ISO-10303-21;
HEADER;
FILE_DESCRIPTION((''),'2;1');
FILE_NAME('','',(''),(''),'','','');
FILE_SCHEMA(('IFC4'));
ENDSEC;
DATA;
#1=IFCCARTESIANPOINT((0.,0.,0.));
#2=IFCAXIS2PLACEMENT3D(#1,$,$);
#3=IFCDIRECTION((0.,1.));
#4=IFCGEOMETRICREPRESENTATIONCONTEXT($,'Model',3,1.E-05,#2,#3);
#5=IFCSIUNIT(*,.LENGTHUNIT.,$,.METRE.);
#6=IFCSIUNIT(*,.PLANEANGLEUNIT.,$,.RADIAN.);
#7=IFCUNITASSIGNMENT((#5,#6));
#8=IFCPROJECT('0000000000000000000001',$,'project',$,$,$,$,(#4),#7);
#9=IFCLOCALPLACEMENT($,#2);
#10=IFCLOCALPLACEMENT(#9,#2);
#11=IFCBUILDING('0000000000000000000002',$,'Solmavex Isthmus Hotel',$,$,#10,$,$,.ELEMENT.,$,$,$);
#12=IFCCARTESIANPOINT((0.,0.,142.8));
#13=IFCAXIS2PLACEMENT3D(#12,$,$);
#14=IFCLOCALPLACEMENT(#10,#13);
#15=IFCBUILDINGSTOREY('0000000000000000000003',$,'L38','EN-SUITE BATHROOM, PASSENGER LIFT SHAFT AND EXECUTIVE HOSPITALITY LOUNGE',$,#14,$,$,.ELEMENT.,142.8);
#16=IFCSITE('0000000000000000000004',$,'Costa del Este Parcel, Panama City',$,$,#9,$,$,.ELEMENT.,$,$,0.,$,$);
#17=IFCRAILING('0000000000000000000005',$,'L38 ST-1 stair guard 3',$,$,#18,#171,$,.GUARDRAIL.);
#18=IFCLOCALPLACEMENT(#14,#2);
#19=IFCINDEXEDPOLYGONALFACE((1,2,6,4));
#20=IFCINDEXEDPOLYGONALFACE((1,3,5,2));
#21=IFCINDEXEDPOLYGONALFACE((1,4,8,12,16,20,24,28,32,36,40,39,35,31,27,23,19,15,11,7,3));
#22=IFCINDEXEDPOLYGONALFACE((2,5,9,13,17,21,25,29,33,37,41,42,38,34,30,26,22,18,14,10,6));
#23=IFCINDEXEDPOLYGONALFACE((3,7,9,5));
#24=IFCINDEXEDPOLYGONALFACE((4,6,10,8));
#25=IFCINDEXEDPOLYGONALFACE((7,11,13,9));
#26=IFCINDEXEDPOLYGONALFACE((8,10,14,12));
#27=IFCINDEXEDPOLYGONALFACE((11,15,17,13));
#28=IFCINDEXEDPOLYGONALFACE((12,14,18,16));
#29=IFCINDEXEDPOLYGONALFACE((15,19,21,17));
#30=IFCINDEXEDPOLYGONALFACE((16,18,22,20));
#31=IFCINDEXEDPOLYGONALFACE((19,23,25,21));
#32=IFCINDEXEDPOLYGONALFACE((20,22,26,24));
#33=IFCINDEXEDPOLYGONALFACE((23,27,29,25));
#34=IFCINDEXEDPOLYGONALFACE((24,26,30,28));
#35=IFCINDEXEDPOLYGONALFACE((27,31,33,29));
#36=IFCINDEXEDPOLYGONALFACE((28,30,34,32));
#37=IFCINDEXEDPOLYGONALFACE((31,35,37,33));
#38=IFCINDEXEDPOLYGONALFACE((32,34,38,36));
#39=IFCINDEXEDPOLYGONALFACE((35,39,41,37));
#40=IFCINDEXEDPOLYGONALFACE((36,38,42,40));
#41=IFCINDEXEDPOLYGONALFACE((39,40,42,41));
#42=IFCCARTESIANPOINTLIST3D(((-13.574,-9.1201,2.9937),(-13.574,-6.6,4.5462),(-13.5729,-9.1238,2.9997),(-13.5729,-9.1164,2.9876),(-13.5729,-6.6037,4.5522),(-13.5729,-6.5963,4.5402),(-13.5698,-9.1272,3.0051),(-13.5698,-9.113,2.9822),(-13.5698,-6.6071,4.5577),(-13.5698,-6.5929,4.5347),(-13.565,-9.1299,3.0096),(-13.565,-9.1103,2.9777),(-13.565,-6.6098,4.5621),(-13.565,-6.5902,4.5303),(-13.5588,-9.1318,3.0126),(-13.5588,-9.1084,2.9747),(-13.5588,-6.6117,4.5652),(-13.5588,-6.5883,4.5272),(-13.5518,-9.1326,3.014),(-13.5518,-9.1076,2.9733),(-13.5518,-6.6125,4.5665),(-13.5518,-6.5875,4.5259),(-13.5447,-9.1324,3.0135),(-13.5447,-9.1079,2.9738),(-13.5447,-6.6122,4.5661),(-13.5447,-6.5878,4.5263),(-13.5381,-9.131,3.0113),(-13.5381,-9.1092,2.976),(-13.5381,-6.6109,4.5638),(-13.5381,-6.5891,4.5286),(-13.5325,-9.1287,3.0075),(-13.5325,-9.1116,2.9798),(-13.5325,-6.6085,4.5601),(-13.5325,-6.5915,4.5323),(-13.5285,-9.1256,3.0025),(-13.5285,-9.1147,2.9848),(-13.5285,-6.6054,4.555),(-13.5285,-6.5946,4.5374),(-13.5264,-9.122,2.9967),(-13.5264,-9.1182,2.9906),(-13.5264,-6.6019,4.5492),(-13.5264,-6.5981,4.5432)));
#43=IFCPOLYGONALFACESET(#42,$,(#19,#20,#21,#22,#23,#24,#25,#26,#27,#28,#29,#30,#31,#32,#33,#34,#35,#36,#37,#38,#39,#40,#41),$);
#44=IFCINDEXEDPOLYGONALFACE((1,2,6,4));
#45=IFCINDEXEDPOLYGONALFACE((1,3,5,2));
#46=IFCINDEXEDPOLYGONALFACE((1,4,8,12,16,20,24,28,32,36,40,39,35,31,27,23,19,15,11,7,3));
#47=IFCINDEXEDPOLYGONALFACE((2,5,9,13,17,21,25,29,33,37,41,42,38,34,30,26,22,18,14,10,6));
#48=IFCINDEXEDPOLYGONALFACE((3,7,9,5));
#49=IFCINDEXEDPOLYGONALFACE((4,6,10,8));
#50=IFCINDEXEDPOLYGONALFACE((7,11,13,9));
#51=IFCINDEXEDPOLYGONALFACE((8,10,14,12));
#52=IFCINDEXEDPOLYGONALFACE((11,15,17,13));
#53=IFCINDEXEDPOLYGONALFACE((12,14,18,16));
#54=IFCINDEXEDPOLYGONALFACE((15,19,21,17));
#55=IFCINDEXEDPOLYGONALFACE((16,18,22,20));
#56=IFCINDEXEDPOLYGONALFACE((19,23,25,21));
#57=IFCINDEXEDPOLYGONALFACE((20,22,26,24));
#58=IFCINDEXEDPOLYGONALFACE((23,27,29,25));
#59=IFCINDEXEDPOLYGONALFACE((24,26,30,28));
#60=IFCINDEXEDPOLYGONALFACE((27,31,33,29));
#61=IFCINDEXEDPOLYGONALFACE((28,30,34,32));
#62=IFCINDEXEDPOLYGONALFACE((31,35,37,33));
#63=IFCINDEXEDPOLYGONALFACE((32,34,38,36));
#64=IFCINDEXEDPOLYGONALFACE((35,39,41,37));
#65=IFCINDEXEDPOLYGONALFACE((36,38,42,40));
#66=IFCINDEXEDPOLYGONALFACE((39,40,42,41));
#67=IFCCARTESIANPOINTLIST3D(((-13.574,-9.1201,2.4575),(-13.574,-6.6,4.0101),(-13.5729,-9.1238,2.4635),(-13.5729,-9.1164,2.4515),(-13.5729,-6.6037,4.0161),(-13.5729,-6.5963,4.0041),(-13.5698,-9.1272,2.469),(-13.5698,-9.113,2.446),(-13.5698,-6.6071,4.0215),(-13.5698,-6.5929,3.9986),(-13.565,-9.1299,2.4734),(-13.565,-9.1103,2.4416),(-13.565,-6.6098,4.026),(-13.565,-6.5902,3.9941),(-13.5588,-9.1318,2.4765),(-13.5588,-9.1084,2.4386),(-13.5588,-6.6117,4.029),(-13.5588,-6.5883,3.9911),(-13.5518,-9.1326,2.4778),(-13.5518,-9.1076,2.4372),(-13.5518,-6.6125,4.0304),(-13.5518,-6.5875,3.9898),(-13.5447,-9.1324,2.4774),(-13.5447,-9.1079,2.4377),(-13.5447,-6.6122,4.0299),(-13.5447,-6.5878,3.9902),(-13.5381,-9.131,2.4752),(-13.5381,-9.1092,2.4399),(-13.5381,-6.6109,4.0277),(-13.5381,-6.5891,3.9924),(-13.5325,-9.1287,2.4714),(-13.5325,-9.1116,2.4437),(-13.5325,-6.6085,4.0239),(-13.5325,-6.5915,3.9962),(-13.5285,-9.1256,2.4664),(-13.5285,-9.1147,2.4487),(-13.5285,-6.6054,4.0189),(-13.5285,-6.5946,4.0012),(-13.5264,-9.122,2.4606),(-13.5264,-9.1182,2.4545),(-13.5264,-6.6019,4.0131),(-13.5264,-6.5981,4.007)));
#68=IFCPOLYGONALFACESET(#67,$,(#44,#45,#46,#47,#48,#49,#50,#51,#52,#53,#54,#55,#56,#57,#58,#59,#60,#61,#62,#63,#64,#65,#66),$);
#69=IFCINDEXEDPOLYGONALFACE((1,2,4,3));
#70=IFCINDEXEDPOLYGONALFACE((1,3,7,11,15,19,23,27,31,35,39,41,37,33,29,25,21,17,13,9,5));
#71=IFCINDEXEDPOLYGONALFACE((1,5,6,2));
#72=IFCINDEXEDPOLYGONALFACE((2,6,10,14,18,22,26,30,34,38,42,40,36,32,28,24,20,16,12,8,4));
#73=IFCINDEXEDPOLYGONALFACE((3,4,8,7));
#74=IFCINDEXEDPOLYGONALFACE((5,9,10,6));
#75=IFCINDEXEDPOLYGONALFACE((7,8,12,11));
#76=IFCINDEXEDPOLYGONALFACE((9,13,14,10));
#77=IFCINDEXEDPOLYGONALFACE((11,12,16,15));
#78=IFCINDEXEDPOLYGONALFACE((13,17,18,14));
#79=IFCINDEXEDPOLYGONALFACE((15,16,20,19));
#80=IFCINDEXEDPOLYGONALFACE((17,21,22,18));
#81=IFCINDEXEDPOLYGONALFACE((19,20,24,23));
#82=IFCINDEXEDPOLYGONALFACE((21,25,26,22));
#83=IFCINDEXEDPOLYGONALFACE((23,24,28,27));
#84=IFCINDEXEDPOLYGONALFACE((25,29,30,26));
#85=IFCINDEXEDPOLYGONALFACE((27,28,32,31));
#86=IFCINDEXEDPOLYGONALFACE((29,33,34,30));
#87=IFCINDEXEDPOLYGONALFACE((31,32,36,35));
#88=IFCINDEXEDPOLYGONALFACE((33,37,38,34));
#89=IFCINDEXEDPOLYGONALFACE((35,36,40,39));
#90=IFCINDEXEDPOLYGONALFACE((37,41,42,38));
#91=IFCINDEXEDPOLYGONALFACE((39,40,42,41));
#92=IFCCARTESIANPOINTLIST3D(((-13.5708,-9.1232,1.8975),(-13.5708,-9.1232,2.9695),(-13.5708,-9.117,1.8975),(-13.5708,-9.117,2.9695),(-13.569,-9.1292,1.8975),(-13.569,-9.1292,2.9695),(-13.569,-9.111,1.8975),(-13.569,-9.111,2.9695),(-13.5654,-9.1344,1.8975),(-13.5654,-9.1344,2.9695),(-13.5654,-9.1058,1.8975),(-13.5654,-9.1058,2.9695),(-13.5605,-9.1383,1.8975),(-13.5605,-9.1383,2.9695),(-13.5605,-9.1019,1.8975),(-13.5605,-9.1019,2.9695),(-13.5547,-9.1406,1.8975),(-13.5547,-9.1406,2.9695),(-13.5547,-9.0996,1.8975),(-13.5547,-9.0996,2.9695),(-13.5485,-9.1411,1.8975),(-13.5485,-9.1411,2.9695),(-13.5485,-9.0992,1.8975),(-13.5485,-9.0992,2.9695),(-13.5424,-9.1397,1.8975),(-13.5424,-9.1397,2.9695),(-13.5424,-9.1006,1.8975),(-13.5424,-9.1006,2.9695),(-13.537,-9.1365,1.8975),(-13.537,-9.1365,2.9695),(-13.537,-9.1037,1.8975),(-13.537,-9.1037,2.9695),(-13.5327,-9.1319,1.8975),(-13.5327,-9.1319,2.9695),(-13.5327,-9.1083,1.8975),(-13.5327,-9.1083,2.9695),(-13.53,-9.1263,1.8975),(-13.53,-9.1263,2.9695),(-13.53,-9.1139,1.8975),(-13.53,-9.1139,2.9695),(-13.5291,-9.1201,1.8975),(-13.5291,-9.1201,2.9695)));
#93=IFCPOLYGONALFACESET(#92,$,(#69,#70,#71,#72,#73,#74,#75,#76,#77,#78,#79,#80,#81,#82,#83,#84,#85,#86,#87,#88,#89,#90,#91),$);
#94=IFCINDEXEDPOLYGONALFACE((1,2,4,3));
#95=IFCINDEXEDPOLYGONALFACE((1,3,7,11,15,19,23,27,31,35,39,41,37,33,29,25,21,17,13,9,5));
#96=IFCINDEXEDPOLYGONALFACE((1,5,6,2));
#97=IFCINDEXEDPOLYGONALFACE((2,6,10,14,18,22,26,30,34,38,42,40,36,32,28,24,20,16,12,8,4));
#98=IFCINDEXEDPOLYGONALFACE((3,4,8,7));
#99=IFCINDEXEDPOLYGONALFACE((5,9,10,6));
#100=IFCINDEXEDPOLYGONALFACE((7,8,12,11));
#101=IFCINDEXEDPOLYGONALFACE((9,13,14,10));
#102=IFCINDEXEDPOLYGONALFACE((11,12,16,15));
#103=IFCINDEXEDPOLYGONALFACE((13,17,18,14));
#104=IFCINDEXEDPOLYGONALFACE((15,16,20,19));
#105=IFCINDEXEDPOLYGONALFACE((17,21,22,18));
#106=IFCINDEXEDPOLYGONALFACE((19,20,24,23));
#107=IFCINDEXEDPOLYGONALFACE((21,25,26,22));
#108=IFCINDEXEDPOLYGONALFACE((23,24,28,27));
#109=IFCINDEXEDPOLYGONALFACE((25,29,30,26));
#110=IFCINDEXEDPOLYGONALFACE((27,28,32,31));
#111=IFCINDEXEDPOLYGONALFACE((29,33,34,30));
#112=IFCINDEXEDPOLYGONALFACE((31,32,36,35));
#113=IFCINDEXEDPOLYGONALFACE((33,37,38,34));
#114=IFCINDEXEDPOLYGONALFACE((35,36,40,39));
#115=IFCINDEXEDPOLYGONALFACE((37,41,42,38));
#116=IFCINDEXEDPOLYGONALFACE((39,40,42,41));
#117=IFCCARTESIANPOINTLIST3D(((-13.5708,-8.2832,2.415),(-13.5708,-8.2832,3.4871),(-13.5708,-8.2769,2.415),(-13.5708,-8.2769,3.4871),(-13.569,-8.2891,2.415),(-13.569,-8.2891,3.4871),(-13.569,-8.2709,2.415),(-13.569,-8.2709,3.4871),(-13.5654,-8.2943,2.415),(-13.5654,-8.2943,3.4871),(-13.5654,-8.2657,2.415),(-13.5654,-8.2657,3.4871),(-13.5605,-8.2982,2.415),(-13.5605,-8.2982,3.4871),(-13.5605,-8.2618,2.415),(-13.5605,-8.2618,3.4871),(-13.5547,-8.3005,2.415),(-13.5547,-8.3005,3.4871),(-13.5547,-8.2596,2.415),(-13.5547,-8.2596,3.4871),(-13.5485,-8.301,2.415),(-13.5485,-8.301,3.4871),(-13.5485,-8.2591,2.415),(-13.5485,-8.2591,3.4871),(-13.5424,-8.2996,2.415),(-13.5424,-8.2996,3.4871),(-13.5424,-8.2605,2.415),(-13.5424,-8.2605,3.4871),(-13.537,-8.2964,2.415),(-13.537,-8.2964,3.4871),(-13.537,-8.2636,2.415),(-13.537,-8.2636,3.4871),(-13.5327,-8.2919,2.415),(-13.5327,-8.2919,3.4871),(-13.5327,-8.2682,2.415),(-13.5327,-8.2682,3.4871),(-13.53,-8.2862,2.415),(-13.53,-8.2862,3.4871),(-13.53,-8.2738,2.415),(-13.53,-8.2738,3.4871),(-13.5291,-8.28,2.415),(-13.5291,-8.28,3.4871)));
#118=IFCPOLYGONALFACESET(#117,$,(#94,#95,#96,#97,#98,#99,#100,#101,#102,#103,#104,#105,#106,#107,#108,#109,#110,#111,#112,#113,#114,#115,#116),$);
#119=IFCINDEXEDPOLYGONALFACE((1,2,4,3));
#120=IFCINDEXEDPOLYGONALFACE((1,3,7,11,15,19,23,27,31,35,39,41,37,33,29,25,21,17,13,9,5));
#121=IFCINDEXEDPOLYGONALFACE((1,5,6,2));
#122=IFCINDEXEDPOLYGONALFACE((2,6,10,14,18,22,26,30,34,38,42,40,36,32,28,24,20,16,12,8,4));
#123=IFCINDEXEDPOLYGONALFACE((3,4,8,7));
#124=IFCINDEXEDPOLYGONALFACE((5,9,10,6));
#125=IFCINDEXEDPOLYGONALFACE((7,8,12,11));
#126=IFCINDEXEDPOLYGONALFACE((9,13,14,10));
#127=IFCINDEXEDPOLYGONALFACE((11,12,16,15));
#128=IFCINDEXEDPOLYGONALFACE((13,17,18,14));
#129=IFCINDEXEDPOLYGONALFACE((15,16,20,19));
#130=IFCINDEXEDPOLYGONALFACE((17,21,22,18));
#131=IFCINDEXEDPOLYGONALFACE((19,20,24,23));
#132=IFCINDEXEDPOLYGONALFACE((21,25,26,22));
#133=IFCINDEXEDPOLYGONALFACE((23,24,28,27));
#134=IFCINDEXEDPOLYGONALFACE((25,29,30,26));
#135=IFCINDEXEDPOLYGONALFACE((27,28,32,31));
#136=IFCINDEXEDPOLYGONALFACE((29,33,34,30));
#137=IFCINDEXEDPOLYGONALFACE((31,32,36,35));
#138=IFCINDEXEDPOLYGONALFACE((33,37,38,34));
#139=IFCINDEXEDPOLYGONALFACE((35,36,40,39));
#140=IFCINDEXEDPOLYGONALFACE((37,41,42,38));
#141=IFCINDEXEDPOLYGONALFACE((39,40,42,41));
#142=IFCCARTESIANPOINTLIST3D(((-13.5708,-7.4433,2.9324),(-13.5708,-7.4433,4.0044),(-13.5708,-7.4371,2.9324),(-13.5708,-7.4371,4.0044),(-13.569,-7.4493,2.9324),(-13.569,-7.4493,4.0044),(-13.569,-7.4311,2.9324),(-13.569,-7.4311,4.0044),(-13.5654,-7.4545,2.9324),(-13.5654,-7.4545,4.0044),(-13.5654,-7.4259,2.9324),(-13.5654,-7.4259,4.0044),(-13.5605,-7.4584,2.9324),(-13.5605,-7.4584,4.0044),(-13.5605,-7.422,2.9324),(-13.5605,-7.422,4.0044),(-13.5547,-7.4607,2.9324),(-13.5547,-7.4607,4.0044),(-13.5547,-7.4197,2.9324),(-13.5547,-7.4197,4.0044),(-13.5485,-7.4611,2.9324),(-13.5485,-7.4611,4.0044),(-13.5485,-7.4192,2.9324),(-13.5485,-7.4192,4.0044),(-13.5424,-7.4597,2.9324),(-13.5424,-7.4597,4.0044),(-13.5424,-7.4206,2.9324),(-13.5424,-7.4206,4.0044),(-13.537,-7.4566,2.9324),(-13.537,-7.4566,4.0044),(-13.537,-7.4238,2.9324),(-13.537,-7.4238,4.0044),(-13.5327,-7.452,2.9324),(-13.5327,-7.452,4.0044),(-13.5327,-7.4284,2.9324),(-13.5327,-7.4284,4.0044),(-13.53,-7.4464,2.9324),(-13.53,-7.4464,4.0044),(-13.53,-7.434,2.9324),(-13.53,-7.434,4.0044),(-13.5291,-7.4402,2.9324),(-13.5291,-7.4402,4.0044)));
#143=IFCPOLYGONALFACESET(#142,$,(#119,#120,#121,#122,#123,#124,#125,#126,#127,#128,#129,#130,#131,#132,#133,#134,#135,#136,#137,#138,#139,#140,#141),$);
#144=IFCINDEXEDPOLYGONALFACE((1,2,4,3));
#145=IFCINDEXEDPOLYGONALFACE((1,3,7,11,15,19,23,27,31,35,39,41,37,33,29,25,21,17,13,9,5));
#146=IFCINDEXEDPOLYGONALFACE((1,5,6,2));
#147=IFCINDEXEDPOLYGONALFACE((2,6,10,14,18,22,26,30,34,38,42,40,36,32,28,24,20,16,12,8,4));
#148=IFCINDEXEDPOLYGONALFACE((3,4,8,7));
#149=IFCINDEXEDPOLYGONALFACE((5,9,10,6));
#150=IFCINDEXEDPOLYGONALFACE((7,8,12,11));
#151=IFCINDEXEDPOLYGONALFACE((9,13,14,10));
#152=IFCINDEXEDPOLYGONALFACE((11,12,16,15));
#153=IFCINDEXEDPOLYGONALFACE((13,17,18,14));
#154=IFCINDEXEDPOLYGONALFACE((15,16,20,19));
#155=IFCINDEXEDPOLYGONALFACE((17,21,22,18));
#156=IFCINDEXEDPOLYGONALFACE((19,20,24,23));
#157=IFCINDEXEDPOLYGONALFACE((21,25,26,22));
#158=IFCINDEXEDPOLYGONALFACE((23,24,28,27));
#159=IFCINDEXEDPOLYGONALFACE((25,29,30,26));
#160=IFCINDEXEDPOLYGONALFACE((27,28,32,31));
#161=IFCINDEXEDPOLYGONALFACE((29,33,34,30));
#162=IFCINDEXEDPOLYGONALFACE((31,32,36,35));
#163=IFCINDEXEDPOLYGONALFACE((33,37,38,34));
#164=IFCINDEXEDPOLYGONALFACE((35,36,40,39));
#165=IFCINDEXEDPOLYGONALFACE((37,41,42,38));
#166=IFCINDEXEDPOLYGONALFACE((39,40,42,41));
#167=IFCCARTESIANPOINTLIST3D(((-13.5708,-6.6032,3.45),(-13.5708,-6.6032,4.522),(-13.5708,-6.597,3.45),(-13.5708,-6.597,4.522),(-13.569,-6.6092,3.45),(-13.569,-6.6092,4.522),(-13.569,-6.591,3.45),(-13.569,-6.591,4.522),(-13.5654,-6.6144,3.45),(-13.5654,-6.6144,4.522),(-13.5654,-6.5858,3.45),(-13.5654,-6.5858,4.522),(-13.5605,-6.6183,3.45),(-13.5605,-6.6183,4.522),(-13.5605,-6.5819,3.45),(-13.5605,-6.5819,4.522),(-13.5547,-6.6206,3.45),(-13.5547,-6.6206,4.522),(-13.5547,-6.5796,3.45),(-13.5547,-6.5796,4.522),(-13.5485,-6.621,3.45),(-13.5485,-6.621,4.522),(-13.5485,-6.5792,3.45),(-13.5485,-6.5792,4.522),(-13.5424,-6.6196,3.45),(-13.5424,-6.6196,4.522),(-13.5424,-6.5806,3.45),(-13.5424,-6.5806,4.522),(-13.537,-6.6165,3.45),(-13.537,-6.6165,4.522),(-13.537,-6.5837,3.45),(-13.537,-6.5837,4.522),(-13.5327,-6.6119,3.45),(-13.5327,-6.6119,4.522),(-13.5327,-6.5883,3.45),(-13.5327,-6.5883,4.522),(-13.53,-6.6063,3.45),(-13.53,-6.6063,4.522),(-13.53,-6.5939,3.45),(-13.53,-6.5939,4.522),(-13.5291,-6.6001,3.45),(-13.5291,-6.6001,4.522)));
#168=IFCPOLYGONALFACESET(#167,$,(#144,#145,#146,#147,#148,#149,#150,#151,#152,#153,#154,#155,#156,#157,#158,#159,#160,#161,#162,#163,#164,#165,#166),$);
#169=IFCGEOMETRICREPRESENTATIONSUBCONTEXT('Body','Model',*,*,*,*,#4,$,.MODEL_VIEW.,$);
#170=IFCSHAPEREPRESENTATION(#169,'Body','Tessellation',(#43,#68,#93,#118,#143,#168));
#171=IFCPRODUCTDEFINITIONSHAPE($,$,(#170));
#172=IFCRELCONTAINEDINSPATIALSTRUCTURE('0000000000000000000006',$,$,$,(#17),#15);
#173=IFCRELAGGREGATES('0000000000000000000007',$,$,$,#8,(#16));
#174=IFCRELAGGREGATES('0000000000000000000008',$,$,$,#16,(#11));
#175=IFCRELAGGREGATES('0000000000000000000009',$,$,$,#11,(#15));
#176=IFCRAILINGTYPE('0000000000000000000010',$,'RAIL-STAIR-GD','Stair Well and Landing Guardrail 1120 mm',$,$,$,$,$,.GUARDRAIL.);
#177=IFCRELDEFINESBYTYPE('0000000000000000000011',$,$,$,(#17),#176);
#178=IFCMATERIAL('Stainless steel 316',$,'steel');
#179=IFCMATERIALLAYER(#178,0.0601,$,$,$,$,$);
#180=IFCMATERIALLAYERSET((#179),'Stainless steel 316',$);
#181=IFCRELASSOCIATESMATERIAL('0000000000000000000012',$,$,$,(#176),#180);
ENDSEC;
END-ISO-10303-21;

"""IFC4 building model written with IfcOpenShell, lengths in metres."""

from ifc_helpers import new_model, si_unit, direction, frame, origin, origin_2d, place, context, subcontext, project, spatial, circle, extrude, material, layer, layer_set, type_object, element, save


model = new_model("IFC4")

# Units and contexts
model_context = context("Model", 3, precision=1e-05, world=origin(), true_north=direction((0.0, 1.0)))
body_context = subcontext(model_context, "Body", "Model", "MODEL_VIEW")
ifc_project = project(units=[si_unit("LENGTHUNIT", "METRE"), si_unit("PLANEANGLEUNIT", "RADIAN")], contexts=[model_context])

# Site, building, storey
site_placement = place(None, origin())
site = spatial("IfcSite", under=ifc_project, at=site_placement, Name="Costa del Este Parcel, Panama City", CompositionType="ELEMENT", RefElevation=0.0)
building_placement = place(site_placement, origin())
building = spatial("IfcBuilding", under=site, at=building_placement, Name="Solmavex Isthmus Hotel", CompositionType="ELEMENT")
storey_placement = place(building_placement, frame((0.0, 0.0, 142.8)))
storey = spatial("IfcBuildingStorey", under=building, at=storey_placement, Name="L38", Description="EN-SUITE BATHROOM, PASSENGER LIFT SHAFT AND EXECUTIVE HOSPITALITY LOUNGE", CompositionType="ELEMENT", Elevation=142.8)

# Railing
ifc_material_1 = material(Name="Stainless steel 316", Category="steel")
ifc_layer_1 = layer(ifc_material_1, 0.0601)
ifc_layer_set_1 = layer_set([ifc_layer_1], Name="Stainless steel 316")
railing_type = type_object("IfcRailingType", Name="RAIL-STAIR-GD", Description="Stair Well and Landing Guardrail 1120 mm", PredefinedType="GUARDRAIL", material=ifc_layer_set_1)
railing_1_placement = place(storey_placement, frame((-13.55, -9.1201, 1.8975)))
element("IfcRailing", 1, at=railing_1_placement, inside=storey, type_object=railing_type, Name="L38 ST-1 stair guard 3", PredefinedType="GUARDRAIL", context=body_context, shape_type="SweptSolid", body=[
    extrude(circle(Radius=0.0239, at=origin_2d()), frame((0.0, 0.0, 1.0962), z_axis=(0.0, 0.8514, 0.524516), x_axis=(-1.0, 0.0, 0.0)), (0.0, 0.0, 1.0), 2.96),
    extrude(circle(Radius=0.0239, at=origin_2d()), frame((0.0, 0.0, 0.5601), z_axis=(0.0, 0.8514, 0.524516), x_axis=(-1.0, 0.0, 0.0)), (0.0, 0.0, 1.0), 2.96),
    extrude(circle(Radius=0.021, at=origin_2d()), origin(), (0.0, 0.0, 1.0), 1.072),
    extrude(circle(Radius=0.021, at=origin_2d()), frame((0.0, 0.8401, 0.5176)), (0.0, 0.0, 1.0), 1.072),
    extrude(circle(Radius=0.021, at=origin_2d()), frame((0.0, 1.6799, 1.0349)), (0.0, 0.0, 1.0), 1.072),
    extrude(circle(Radius=0.021, at=origin_2d()), frame((0.0, 2.52, 1.5525)), (0.0, 0.0, 1.0), 1.072),
])

save(model, "model.ifc")
